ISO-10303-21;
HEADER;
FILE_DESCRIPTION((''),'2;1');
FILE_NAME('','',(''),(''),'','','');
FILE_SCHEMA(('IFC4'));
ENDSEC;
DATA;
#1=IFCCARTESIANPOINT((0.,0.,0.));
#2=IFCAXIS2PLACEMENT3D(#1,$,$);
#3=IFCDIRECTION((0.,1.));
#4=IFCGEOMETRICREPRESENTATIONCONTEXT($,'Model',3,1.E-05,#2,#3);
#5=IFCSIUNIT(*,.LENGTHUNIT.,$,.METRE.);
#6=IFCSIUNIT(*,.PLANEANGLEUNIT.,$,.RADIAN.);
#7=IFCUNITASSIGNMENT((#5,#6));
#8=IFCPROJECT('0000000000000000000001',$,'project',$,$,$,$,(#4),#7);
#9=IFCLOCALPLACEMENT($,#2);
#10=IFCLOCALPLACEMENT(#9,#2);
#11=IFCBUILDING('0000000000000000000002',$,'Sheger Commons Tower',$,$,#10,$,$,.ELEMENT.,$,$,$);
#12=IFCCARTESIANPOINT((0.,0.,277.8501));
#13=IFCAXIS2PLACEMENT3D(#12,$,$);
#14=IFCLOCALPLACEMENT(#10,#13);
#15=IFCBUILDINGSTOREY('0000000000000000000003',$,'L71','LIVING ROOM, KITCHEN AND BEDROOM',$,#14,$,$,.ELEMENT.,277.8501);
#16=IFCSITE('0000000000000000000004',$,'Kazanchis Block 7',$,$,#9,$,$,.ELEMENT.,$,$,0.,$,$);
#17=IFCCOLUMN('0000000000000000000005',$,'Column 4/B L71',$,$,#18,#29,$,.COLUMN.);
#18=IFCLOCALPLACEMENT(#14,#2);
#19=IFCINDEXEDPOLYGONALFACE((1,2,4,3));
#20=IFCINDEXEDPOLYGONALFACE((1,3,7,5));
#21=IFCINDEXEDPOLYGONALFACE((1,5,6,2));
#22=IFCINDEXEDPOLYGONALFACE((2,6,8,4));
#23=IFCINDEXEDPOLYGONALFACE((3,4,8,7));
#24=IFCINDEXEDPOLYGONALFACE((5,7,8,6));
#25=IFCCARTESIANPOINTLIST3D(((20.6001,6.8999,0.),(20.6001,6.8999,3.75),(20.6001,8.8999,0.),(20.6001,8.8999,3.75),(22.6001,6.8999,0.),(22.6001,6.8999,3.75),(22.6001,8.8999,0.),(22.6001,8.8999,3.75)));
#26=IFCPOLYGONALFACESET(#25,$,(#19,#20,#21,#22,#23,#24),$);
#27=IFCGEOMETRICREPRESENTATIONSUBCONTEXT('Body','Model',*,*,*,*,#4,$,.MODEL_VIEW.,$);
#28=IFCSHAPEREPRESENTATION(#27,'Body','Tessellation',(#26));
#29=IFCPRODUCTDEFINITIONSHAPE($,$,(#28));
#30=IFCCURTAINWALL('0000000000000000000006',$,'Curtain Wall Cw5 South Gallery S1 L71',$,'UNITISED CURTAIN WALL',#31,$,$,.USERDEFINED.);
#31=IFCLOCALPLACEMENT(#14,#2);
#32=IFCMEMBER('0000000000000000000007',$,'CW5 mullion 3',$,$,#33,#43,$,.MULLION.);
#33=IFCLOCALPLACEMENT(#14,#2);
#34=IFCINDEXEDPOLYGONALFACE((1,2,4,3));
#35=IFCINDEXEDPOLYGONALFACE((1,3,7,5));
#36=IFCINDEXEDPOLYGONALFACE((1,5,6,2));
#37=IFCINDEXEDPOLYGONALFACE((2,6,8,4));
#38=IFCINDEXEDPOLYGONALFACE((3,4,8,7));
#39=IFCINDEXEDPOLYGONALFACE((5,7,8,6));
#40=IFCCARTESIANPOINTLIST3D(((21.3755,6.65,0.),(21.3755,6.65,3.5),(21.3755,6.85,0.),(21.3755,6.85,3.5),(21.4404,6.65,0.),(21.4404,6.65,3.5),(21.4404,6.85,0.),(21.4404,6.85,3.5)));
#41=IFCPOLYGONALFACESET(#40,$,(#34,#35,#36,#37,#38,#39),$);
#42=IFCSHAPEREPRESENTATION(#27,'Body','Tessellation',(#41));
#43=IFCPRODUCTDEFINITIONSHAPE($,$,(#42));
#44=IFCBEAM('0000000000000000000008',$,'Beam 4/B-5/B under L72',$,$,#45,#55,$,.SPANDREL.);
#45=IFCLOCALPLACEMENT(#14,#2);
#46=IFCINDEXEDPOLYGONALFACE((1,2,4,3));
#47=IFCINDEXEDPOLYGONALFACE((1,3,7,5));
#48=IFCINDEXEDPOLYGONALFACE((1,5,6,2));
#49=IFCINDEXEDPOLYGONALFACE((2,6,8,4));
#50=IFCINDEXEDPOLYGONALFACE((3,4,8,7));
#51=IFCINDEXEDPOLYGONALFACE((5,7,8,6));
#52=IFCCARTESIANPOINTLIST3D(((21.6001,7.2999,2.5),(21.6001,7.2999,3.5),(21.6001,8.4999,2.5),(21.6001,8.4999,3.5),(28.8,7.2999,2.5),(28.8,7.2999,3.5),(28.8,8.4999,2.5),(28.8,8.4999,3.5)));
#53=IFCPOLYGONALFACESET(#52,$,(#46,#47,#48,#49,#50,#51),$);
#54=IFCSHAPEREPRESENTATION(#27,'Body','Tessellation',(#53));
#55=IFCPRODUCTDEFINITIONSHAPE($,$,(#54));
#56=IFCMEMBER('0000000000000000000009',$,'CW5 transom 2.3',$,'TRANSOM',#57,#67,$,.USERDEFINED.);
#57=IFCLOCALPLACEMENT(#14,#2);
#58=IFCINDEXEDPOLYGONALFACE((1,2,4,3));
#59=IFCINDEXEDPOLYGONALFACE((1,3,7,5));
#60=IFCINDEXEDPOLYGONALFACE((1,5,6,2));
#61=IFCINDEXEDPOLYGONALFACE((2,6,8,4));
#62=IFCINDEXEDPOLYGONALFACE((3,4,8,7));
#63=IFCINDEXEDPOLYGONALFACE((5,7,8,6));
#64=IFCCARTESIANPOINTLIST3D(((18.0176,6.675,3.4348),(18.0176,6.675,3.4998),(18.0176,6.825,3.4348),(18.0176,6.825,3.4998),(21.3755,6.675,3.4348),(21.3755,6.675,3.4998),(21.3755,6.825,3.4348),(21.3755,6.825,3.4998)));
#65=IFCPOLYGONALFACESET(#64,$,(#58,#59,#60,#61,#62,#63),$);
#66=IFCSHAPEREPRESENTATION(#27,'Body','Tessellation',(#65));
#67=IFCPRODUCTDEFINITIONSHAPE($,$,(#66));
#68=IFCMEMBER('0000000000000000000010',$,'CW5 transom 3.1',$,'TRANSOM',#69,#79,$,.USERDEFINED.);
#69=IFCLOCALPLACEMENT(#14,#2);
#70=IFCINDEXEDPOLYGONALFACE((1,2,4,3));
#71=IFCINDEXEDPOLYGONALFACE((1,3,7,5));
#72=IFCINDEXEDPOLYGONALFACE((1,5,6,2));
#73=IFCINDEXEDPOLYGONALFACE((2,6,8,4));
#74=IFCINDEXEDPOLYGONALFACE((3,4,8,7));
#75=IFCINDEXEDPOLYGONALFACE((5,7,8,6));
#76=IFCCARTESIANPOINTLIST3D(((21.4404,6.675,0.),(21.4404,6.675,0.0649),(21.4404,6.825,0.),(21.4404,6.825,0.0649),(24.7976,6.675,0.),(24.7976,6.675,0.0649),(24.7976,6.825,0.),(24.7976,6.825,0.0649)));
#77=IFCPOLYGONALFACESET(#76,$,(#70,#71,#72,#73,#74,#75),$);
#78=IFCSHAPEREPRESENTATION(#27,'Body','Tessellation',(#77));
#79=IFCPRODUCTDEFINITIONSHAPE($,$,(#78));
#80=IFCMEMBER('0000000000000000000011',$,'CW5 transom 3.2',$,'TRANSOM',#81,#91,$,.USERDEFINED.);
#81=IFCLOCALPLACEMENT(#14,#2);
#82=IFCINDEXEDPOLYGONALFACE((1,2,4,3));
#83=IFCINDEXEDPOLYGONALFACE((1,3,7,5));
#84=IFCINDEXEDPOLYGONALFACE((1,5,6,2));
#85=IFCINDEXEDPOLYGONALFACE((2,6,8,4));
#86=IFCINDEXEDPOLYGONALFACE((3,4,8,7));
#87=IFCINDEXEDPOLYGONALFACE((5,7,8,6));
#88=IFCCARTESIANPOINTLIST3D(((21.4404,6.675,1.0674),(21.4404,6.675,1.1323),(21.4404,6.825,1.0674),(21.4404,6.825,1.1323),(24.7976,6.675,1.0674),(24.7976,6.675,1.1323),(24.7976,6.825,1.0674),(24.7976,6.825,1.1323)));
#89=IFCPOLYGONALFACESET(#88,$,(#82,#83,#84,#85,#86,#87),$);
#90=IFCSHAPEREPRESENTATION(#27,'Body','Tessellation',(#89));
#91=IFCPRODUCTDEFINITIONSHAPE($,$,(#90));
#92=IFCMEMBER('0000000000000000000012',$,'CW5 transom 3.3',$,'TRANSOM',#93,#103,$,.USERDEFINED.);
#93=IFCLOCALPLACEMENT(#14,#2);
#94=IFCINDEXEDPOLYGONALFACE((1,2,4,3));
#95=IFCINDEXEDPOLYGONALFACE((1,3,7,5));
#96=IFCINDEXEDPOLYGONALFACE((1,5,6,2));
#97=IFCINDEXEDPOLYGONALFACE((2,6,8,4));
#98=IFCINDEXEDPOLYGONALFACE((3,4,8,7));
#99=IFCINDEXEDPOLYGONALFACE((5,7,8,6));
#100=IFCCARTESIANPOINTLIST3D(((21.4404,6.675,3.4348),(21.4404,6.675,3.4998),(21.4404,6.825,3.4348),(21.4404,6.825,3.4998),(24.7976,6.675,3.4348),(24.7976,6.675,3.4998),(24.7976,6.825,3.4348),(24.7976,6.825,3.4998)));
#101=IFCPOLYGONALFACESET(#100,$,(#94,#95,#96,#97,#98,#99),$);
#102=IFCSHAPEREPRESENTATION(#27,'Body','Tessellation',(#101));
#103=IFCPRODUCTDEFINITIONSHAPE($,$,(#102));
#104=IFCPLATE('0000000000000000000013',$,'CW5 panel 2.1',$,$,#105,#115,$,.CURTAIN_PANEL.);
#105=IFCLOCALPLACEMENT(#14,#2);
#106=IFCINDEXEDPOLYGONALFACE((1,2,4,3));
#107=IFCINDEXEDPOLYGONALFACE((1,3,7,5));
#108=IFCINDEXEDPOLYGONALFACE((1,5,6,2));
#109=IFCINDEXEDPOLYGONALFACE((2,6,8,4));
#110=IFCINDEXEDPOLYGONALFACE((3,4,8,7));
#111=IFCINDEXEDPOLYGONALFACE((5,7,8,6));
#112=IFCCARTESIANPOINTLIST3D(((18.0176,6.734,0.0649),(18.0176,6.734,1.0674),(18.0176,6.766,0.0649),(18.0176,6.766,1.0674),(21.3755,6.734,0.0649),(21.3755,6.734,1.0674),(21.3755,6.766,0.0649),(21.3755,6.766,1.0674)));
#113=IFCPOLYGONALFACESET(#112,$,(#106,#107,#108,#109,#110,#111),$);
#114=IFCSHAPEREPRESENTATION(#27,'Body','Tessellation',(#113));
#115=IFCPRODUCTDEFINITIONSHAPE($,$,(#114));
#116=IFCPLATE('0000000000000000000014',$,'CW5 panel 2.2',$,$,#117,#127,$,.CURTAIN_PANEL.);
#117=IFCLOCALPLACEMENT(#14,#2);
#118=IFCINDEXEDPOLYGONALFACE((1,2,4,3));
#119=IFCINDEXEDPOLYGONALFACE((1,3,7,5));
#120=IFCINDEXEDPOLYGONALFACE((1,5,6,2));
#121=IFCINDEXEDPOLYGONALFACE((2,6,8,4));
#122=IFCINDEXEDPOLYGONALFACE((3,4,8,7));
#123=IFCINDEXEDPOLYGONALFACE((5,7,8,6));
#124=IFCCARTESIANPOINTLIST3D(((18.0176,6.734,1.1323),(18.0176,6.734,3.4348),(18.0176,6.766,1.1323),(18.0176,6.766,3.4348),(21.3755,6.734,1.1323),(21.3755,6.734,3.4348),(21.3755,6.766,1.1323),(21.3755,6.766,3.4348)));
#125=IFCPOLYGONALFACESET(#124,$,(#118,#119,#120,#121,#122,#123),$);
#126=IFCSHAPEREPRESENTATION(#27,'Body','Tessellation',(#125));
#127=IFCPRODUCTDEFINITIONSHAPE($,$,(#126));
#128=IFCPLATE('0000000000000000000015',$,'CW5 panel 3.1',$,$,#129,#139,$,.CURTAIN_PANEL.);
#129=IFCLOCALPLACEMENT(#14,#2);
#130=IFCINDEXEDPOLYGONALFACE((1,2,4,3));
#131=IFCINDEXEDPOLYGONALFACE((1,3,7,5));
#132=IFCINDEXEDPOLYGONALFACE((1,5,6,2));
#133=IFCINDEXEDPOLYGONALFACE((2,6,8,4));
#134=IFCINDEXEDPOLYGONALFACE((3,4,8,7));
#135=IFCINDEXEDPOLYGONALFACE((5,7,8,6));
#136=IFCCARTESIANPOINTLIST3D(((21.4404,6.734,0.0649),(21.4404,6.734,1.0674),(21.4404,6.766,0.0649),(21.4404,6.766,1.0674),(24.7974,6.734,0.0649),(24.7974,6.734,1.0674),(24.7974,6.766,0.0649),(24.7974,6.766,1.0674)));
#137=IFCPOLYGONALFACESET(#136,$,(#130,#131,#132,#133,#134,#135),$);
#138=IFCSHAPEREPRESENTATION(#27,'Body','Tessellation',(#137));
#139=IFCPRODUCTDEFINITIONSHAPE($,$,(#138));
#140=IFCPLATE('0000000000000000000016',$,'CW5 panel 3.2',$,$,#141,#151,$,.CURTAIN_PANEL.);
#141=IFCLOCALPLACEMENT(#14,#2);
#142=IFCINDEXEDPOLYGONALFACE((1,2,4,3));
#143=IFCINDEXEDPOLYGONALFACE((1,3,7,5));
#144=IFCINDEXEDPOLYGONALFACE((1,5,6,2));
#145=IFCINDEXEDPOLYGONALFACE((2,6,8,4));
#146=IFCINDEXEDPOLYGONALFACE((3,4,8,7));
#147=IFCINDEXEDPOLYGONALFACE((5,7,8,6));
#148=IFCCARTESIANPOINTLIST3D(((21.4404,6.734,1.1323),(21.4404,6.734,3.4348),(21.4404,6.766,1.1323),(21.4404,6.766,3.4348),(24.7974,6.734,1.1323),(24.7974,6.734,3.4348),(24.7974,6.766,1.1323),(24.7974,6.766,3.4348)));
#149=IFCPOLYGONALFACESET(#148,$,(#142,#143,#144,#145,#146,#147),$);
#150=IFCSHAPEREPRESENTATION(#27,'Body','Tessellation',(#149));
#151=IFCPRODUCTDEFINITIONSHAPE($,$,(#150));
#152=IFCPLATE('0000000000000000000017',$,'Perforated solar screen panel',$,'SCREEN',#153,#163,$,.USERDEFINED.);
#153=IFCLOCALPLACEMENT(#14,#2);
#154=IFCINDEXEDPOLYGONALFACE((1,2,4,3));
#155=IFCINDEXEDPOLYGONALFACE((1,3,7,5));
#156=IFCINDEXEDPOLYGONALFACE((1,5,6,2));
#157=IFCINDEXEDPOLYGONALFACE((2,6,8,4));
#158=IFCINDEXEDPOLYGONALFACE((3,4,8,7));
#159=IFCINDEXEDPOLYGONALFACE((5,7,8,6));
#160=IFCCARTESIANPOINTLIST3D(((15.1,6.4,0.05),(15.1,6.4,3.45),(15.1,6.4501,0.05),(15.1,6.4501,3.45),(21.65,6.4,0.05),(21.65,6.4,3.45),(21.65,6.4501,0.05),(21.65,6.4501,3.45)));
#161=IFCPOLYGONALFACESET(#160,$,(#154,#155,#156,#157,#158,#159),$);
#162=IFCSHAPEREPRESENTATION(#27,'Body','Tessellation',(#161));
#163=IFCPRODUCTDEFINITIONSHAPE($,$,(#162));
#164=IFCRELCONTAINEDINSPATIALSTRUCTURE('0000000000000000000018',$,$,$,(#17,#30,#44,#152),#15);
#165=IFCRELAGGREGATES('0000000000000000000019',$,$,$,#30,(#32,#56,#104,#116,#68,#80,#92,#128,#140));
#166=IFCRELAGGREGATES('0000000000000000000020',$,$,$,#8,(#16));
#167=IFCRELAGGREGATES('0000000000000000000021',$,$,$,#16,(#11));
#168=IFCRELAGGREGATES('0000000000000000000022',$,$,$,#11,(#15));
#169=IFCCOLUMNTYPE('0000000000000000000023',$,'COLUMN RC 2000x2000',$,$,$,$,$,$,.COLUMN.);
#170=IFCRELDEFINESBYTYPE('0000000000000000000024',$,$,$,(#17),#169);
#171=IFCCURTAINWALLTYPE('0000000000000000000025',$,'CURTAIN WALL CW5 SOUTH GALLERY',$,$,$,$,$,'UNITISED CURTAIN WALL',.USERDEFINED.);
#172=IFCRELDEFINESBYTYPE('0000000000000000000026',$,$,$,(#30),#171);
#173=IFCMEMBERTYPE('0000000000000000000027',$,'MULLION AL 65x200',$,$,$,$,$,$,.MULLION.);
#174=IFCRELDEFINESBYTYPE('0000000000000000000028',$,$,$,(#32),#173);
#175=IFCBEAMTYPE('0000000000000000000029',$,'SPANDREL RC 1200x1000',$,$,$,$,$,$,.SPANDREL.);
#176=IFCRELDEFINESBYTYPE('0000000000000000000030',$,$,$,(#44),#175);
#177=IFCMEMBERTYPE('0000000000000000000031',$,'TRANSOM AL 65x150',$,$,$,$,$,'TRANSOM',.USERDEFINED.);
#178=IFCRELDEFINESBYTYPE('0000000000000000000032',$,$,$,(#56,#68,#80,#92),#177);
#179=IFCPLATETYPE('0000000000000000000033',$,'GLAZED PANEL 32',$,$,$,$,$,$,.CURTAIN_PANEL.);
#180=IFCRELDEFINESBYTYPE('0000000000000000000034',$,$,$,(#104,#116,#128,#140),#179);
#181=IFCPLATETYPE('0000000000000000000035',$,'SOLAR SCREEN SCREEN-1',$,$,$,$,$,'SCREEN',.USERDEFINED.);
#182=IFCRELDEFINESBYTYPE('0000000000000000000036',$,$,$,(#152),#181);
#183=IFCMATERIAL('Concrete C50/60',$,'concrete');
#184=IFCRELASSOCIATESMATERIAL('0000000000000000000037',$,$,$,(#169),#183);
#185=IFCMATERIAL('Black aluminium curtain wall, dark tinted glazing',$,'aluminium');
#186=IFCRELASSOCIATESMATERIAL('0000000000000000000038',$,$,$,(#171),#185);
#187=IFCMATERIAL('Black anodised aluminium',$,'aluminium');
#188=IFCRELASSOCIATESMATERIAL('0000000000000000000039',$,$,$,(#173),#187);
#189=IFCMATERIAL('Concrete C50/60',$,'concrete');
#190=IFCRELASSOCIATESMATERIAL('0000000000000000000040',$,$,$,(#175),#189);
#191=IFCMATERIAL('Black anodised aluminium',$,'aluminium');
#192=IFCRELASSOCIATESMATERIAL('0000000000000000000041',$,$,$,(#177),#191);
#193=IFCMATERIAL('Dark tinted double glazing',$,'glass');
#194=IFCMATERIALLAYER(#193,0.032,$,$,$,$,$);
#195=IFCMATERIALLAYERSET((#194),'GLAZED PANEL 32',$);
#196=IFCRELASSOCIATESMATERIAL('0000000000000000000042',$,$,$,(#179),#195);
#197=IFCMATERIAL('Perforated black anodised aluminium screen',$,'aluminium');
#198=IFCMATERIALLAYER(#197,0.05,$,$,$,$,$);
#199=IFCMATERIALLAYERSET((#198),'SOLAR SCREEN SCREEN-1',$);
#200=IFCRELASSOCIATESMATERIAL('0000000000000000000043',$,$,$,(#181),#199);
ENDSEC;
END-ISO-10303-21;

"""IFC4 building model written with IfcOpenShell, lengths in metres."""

from ifc_helpers import new_model, si_unit, direction, frame, origin, origin_2d, place, context, subcontext, project, spatial, rectangle, extrude, material, layer, layer_set, material_profile, profile_set, type_object, element, aggregate, save


model = new_model("IFC4")

# Units and contexts
model_context = context("Model", 3, precision=1e-05, world=origin(), true_north=direction((0.0, 1.0)))
body_context = subcontext(model_context, "Body", "Model", "MODEL_VIEW")
ifc_project = project(units=[si_unit("LENGTHUNIT", "METRE"), si_unit("PLANEANGLEUNIT", "RADIAN")], contexts=[model_context])

# Site, building, storey
site_placement = place(None, origin())
site = spatial("IfcSite", under=ifc_project, at=site_placement, Name="Kazanchis Block 7", CompositionType="ELEMENT", RefElevation=0.0)
building_placement = place(site_placement, origin())
building = spatial("IfcBuilding", under=site, at=building_placement, Name="Sheger Commons Tower", CompositionType="ELEMENT")
storey_placement = place(building_placement, frame((0.0, 0.0, 277.8501)))
storey = spatial("IfcBuildingStorey", under=building, at=storey_placement, Name="L71", Description="LIVING ROOM, KITCHEN AND BEDROOM", CompositionType="ELEMENT", Elevation=277.8501)

# Column
ifc_material_1 = material(Name="Concrete C50/60", Category="concrete")
ifc_material_profile_1 = material_profile(ifc_material_1, rectangle(XDim=2.0, YDim=2.0, at=origin_2d()), Name="RC 2000x2000")
ifc_profile_set_1 = profile_set([ifc_material_profile_1], Name="Concrete C50/60")
column_type = type_object("IfcColumnType", Name="COLUMN RC 2000x2000", PredefinedType="COLUMN", material=ifc_profile_set_1)
column_placement = place(storey_placement, frame((21.6001, 7.8999, 0.0), z_axis=(0.0, 0.0, 1.0), x_axis=(1.0, 0.0, 0.0)))
element("IfcColumn", 1, at=column_placement, inside=storey, type_object=column_type, Name="Column 4/B L71", PredefinedType="COLUMN", context=body_context, shape_type="SweptSolid", body=[
    extrude(rectangle(XDim=2.0, YDim=2.0, at=origin_2d()), origin(), (0.0, 0.0, 1.0), 3.75),
])

# Curtain wall, member
ifc_material_2 = material(Name="Black aluminium curtain wall, dark tinted glazing", Category="aluminium")
curtain_wall_type = type_object("IfcCurtainWallType", Name="CURTAIN WALL CW5 SOUTH GALLERY", ElementType="UNITISED CURTAIN WALL", PredefinedType="USERDEFINED", material=ifc_material_2)
curtain_wall_placement = place(storey_placement, origin())
curtain_wall = element("IfcCurtainWall", 2, at=curtain_wall_placement, inside=storey, type_object=curtain_wall_type, Name="Curtain Wall Cw5 South Gallery S1 L71", ObjectType="UNITISED CURTAIN WALL", PredefinedType="USERDEFINED")
ifc_material_3 = material(Name="Black anodised aluminium", Category="aluminium")
ifc_material_profile_2 = material_profile(ifc_material_3, rectangle(XDim=0.2, YDim=0.0649, at=origin_2d()), Name="AL 65x200")
ifc_profile_set_2 = profile_set([ifc_material_profile_2], Name="Black anodised aluminium")
member_type_1 = type_object("IfcMemberType", Name="MULLION AL 65x200", PredefinedType="MULLION", material=ifc_profile_set_2)
member_1_placement = place(storey_placement, frame((21.408, 6.75, 0.0), z_axis=(0.0, 0.0, 1.0), x_axis=(0.0, 1.0, 0.0)))
member_1 = element("IfcMember", 3, at=member_1_placement, type_object=member_type_1, Name="CW5 mullion 3", PredefinedType="MULLION", context=body_context, shape_type="SweptSolid", body=[
    extrude(rectangle(XDim=0.2, YDim=0.0649, at=origin_2d()), origin(), (0.0, 0.0, 1.0), 3.5),
])

# Beam
ifc_material_4 = material(Name="Concrete C50/60", Category="concrete")
ifc_material_profile_3 = material_profile(ifc_material_4, rectangle(XDim=1.2, YDim=1.0, at=origin_2d()), Name="RC 1200x1000")
ifc_profile_set_3 = profile_set([ifc_material_profile_3], Name="Concrete C50/60")
beam_type = type_object("IfcBeamType", Name="SPANDREL RC 1200x1000", PredefinedType="SPANDREL", material=ifc_profile_set_3)
beam_placement = place(storey_placement, frame((21.6001, 7.8999, 3.0), z_axis=(1.0, 0.0, 0.0), x_axis=(0.0, 1.0, 0.0)))
element("IfcBeam", 4, at=beam_placement, inside=storey, type_object=beam_type, Name="Beam 4/B-5/B under L72", PredefinedType="SPANDREL", context=body_context, shape_type="SweptSolid", body=[
    extrude(rectangle(XDim=1.2, YDim=1.0, at=origin_2d()), origin(), (0.0, 0.0, 1.0), 7.2),
])

# Members
ifc_material_5 = material(Name="Black anodised aluminium", Category="aluminium")
ifc_material_profile_4 = material_profile(ifc_material_5, rectangle(XDim=0.1499, YDim=0.0649, at=origin_2d()), Name="AL 65x150")
ifc_profile_set_4 = profile_set([ifc_material_profile_4], Name="Black anodised aluminium")
member_type_2 = type_object("IfcMemberType", Name="TRANSOM AL 65x150", ElementType="TRANSOM", PredefinedType="USERDEFINED", material=ifc_profile_set_4)
member_2_placement = place(storey_placement, frame((18.0176, 6.75, 3.4673), z_axis=(1.0, 0.0, 0.0), x_axis=(0.0, 1.0, 0.0)))
member_2 = element("IfcMember", 5, at=member_2_placement, type_object=member_type_2, Name="CW5 transom 2.3", ObjectType="TRANSOM", PredefinedType="USERDEFINED", context=body_context, shape_type="SweptSolid", body=[
    extrude(rectangle(XDim=0.1499, YDim=0.0649, at=origin_2d()), origin(), (0.0, 0.0, 1.0), 3.3579),
])
member_3_placement = place(storey_placement, frame((21.4404, 6.75, 0.0325), z_axis=(1.0, 0.0, 0.0), x_axis=(0.0, 1.0, 0.0)))
member_3 = element("IfcMember", 6, at=member_3_placement, type_object=member_type_2, Name="CW5 transom 3.1", ObjectType="TRANSOM", PredefinedType="USERDEFINED", context=body_context, shape_type="SweptSolid", body=[
    extrude(rectangle(XDim=0.1499, YDim=0.0649, at=origin_2d()), origin(), (0.0, 0.0, 1.0), 3.3572),
])
member_4_placement = place(storey_placement, frame((21.4404, 6.75, 1.0999), z_axis=(1.0, 0.0, 0.0), x_axis=(0.0, 1.0, 0.0)))
member_4 = element("IfcMember", 7, at=member_4_placement, type_object=member_type_2, Name="CW5 transom 3.2", ObjectType="TRANSOM", PredefinedType="USERDEFINED", context=body_context, shape_type="SweptSolid", body=[
    extrude(rectangle(XDim=0.1499, YDim=0.0649, at=origin_2d()), origin(), (0.0, 0.0, 1.0), 3.3572),
])
member_5_placement = place(storey_placement, frame((21.4404, 6.75, 3.4673), z_axis=(1.0, 0.0, 0.0), x_axis=(0.0, 1.0, 0.0)))
member_5 = element("IfcMember", 8, at=member_5_placement, type_object=member_type_2, Name="CW5 transom 3.3", ObjectType="TRANSOM", PredefinedType="USERDEFINED", context=body_context, shape_type="SweptSolid", body=[
    extrude(rectangle(XDim=0.1499, YDim=0.0649, at=origin_2d()), origin(), (0.0, 0.0, 1.0), 3.3572),
])

# Plates
ifc_material_6 = material(Name="Dark tinted double glazing", Category="glass")
ifc_layer_1 = layer(ifc_material_6, 0.032)
ifc_layer_set_1 = layer_set([ifc_layer_1], Name="GLAZED PANEL 32")
plate_type_1 = type_object("IfcPlateType", Name="GLAZED PANEL 32", PredefinedType="CURTAIN_PANEL", material=ifc_layer_set_1)
plate_1_placement = place(storey_placement, frame((19.6965, 6.75, 0.0649), z_axis=(0.0, 0.0, 1.0), x_axis=(1.0, 0.0, 0.0)))
plate_1 = element("IfcPlate", 9, at=plate_1_placement, type_object=plate_type_1, Name="CW5 panel 2.1", PredefinedType="CURTAIN_PANEL", context=body_context, shape_type="SweptSolid", body=[
    extrude(rectangle(XDim=3.3579, YDim=0.032, at=origin_2d()), origin(), (0.0, 0.0, 1.0), 1.0024),
])
plate_2_placement = place(storey_placement, frame((19.6965, 6.75, 1.1323), z_axis=(0.0, 0.0, 1.0), x_axis=(1.0, 0.0, 0.0)))
plate_2 = element("IfcPlate", 10, at=plate_2_placement, type_object=plate_type_1, Name="CW5 panel 2.2", PredefinedType="CURTAIN_PANEL", context=body_context, shape_type="SweptSolid", body=[
    extrude(rectangle(XDim=3.3579, YDim=0.032, at=origin_2d()), origin(), (0.0, 0.0, 1.0), 2.3025),
])
plate_3_placement = place(storey_placement, frame((23.1189, 6.75, 0.0649), z_axis=(0.0, 0.0, 1.0), x_axis=(1.0, 0.0, 0.0)))
plate_3 = element("IfcPlate", 11, at=plate_3_placement, type_object=plate_type_1, Name="CW5 panel 3.1", PredefinedType="CURTAIN_PANEL", context=body_context, shape_type="SweptSolid", body=[
    extrude(rectangle(XDim=3.3569, YDim=0.032, at=origin_2d()), origin(), (0.0, 0.0, 1.0), 1.0024),
])
plate_4_placement = place(storey_placement, frame((23.1189, 6.75, 1.1323), z_axis=(0.0, 0.0, 1.0), x_axis=(1.0, 0.0, 0.0)))
plate_4 = element("IfcPlate", 12, at=plate_4_placement, type_object=plate_type_1, Name="CW5 panel 3.2", PredefinedType="CURTAIN_PANEL", context=body_context, shape_type="SweptSolid", body=[
    extrude(rectangle(XDim=3.3569, YDim=0.032, at=origin_2d()), origin(), (0.0, 0.0, 1.0), 2.3025),
])
aggregate(curtain_wall, [member_1, member_2, plate_1, plate_2, member_3, member_4, member_5, plate_3, plate_4])
ifc_material_7 = material(Name="Perforated black anodised aluminium screen", Category="aluminium")
ifc_layer_2 = layer(ifc_material_7, 0.05)
ifc_layer_set_2 = layer_set([ifc_layer_2], Name="SOLAR SCREEN SCREEN-1")
plate_type_2 = type_object("IfcPlateType", Name="SOLAR SCREEN SCREEN-1", ElementType="SCREEN", PredefinedType="USERDEFINED", material=ifc_layer_set_2)
plate_5_placement = place(storey_placement, frame((18.375, 6.425, 0.05), z_axis=(0.0, 0.0, 1.0), x_axis=(1.0, 0.0, 0.0)))
element("IfcPlate", 13, at=plate_5_placement, inside=storey, type_object=plate_type_2, Name="Perforated solar screen panel", ObjectType="SCREEN", PredefinedType="USERDEFINED", context=body_context, shape_type="SweptSolid", body=[
    extrude(rectangle(XDim=6.55, YDim=0.05, at=origin_2d()), origin(), (0.0, 0.0, 1.0), 3.3999),
])

save(model, "model.ifc")
